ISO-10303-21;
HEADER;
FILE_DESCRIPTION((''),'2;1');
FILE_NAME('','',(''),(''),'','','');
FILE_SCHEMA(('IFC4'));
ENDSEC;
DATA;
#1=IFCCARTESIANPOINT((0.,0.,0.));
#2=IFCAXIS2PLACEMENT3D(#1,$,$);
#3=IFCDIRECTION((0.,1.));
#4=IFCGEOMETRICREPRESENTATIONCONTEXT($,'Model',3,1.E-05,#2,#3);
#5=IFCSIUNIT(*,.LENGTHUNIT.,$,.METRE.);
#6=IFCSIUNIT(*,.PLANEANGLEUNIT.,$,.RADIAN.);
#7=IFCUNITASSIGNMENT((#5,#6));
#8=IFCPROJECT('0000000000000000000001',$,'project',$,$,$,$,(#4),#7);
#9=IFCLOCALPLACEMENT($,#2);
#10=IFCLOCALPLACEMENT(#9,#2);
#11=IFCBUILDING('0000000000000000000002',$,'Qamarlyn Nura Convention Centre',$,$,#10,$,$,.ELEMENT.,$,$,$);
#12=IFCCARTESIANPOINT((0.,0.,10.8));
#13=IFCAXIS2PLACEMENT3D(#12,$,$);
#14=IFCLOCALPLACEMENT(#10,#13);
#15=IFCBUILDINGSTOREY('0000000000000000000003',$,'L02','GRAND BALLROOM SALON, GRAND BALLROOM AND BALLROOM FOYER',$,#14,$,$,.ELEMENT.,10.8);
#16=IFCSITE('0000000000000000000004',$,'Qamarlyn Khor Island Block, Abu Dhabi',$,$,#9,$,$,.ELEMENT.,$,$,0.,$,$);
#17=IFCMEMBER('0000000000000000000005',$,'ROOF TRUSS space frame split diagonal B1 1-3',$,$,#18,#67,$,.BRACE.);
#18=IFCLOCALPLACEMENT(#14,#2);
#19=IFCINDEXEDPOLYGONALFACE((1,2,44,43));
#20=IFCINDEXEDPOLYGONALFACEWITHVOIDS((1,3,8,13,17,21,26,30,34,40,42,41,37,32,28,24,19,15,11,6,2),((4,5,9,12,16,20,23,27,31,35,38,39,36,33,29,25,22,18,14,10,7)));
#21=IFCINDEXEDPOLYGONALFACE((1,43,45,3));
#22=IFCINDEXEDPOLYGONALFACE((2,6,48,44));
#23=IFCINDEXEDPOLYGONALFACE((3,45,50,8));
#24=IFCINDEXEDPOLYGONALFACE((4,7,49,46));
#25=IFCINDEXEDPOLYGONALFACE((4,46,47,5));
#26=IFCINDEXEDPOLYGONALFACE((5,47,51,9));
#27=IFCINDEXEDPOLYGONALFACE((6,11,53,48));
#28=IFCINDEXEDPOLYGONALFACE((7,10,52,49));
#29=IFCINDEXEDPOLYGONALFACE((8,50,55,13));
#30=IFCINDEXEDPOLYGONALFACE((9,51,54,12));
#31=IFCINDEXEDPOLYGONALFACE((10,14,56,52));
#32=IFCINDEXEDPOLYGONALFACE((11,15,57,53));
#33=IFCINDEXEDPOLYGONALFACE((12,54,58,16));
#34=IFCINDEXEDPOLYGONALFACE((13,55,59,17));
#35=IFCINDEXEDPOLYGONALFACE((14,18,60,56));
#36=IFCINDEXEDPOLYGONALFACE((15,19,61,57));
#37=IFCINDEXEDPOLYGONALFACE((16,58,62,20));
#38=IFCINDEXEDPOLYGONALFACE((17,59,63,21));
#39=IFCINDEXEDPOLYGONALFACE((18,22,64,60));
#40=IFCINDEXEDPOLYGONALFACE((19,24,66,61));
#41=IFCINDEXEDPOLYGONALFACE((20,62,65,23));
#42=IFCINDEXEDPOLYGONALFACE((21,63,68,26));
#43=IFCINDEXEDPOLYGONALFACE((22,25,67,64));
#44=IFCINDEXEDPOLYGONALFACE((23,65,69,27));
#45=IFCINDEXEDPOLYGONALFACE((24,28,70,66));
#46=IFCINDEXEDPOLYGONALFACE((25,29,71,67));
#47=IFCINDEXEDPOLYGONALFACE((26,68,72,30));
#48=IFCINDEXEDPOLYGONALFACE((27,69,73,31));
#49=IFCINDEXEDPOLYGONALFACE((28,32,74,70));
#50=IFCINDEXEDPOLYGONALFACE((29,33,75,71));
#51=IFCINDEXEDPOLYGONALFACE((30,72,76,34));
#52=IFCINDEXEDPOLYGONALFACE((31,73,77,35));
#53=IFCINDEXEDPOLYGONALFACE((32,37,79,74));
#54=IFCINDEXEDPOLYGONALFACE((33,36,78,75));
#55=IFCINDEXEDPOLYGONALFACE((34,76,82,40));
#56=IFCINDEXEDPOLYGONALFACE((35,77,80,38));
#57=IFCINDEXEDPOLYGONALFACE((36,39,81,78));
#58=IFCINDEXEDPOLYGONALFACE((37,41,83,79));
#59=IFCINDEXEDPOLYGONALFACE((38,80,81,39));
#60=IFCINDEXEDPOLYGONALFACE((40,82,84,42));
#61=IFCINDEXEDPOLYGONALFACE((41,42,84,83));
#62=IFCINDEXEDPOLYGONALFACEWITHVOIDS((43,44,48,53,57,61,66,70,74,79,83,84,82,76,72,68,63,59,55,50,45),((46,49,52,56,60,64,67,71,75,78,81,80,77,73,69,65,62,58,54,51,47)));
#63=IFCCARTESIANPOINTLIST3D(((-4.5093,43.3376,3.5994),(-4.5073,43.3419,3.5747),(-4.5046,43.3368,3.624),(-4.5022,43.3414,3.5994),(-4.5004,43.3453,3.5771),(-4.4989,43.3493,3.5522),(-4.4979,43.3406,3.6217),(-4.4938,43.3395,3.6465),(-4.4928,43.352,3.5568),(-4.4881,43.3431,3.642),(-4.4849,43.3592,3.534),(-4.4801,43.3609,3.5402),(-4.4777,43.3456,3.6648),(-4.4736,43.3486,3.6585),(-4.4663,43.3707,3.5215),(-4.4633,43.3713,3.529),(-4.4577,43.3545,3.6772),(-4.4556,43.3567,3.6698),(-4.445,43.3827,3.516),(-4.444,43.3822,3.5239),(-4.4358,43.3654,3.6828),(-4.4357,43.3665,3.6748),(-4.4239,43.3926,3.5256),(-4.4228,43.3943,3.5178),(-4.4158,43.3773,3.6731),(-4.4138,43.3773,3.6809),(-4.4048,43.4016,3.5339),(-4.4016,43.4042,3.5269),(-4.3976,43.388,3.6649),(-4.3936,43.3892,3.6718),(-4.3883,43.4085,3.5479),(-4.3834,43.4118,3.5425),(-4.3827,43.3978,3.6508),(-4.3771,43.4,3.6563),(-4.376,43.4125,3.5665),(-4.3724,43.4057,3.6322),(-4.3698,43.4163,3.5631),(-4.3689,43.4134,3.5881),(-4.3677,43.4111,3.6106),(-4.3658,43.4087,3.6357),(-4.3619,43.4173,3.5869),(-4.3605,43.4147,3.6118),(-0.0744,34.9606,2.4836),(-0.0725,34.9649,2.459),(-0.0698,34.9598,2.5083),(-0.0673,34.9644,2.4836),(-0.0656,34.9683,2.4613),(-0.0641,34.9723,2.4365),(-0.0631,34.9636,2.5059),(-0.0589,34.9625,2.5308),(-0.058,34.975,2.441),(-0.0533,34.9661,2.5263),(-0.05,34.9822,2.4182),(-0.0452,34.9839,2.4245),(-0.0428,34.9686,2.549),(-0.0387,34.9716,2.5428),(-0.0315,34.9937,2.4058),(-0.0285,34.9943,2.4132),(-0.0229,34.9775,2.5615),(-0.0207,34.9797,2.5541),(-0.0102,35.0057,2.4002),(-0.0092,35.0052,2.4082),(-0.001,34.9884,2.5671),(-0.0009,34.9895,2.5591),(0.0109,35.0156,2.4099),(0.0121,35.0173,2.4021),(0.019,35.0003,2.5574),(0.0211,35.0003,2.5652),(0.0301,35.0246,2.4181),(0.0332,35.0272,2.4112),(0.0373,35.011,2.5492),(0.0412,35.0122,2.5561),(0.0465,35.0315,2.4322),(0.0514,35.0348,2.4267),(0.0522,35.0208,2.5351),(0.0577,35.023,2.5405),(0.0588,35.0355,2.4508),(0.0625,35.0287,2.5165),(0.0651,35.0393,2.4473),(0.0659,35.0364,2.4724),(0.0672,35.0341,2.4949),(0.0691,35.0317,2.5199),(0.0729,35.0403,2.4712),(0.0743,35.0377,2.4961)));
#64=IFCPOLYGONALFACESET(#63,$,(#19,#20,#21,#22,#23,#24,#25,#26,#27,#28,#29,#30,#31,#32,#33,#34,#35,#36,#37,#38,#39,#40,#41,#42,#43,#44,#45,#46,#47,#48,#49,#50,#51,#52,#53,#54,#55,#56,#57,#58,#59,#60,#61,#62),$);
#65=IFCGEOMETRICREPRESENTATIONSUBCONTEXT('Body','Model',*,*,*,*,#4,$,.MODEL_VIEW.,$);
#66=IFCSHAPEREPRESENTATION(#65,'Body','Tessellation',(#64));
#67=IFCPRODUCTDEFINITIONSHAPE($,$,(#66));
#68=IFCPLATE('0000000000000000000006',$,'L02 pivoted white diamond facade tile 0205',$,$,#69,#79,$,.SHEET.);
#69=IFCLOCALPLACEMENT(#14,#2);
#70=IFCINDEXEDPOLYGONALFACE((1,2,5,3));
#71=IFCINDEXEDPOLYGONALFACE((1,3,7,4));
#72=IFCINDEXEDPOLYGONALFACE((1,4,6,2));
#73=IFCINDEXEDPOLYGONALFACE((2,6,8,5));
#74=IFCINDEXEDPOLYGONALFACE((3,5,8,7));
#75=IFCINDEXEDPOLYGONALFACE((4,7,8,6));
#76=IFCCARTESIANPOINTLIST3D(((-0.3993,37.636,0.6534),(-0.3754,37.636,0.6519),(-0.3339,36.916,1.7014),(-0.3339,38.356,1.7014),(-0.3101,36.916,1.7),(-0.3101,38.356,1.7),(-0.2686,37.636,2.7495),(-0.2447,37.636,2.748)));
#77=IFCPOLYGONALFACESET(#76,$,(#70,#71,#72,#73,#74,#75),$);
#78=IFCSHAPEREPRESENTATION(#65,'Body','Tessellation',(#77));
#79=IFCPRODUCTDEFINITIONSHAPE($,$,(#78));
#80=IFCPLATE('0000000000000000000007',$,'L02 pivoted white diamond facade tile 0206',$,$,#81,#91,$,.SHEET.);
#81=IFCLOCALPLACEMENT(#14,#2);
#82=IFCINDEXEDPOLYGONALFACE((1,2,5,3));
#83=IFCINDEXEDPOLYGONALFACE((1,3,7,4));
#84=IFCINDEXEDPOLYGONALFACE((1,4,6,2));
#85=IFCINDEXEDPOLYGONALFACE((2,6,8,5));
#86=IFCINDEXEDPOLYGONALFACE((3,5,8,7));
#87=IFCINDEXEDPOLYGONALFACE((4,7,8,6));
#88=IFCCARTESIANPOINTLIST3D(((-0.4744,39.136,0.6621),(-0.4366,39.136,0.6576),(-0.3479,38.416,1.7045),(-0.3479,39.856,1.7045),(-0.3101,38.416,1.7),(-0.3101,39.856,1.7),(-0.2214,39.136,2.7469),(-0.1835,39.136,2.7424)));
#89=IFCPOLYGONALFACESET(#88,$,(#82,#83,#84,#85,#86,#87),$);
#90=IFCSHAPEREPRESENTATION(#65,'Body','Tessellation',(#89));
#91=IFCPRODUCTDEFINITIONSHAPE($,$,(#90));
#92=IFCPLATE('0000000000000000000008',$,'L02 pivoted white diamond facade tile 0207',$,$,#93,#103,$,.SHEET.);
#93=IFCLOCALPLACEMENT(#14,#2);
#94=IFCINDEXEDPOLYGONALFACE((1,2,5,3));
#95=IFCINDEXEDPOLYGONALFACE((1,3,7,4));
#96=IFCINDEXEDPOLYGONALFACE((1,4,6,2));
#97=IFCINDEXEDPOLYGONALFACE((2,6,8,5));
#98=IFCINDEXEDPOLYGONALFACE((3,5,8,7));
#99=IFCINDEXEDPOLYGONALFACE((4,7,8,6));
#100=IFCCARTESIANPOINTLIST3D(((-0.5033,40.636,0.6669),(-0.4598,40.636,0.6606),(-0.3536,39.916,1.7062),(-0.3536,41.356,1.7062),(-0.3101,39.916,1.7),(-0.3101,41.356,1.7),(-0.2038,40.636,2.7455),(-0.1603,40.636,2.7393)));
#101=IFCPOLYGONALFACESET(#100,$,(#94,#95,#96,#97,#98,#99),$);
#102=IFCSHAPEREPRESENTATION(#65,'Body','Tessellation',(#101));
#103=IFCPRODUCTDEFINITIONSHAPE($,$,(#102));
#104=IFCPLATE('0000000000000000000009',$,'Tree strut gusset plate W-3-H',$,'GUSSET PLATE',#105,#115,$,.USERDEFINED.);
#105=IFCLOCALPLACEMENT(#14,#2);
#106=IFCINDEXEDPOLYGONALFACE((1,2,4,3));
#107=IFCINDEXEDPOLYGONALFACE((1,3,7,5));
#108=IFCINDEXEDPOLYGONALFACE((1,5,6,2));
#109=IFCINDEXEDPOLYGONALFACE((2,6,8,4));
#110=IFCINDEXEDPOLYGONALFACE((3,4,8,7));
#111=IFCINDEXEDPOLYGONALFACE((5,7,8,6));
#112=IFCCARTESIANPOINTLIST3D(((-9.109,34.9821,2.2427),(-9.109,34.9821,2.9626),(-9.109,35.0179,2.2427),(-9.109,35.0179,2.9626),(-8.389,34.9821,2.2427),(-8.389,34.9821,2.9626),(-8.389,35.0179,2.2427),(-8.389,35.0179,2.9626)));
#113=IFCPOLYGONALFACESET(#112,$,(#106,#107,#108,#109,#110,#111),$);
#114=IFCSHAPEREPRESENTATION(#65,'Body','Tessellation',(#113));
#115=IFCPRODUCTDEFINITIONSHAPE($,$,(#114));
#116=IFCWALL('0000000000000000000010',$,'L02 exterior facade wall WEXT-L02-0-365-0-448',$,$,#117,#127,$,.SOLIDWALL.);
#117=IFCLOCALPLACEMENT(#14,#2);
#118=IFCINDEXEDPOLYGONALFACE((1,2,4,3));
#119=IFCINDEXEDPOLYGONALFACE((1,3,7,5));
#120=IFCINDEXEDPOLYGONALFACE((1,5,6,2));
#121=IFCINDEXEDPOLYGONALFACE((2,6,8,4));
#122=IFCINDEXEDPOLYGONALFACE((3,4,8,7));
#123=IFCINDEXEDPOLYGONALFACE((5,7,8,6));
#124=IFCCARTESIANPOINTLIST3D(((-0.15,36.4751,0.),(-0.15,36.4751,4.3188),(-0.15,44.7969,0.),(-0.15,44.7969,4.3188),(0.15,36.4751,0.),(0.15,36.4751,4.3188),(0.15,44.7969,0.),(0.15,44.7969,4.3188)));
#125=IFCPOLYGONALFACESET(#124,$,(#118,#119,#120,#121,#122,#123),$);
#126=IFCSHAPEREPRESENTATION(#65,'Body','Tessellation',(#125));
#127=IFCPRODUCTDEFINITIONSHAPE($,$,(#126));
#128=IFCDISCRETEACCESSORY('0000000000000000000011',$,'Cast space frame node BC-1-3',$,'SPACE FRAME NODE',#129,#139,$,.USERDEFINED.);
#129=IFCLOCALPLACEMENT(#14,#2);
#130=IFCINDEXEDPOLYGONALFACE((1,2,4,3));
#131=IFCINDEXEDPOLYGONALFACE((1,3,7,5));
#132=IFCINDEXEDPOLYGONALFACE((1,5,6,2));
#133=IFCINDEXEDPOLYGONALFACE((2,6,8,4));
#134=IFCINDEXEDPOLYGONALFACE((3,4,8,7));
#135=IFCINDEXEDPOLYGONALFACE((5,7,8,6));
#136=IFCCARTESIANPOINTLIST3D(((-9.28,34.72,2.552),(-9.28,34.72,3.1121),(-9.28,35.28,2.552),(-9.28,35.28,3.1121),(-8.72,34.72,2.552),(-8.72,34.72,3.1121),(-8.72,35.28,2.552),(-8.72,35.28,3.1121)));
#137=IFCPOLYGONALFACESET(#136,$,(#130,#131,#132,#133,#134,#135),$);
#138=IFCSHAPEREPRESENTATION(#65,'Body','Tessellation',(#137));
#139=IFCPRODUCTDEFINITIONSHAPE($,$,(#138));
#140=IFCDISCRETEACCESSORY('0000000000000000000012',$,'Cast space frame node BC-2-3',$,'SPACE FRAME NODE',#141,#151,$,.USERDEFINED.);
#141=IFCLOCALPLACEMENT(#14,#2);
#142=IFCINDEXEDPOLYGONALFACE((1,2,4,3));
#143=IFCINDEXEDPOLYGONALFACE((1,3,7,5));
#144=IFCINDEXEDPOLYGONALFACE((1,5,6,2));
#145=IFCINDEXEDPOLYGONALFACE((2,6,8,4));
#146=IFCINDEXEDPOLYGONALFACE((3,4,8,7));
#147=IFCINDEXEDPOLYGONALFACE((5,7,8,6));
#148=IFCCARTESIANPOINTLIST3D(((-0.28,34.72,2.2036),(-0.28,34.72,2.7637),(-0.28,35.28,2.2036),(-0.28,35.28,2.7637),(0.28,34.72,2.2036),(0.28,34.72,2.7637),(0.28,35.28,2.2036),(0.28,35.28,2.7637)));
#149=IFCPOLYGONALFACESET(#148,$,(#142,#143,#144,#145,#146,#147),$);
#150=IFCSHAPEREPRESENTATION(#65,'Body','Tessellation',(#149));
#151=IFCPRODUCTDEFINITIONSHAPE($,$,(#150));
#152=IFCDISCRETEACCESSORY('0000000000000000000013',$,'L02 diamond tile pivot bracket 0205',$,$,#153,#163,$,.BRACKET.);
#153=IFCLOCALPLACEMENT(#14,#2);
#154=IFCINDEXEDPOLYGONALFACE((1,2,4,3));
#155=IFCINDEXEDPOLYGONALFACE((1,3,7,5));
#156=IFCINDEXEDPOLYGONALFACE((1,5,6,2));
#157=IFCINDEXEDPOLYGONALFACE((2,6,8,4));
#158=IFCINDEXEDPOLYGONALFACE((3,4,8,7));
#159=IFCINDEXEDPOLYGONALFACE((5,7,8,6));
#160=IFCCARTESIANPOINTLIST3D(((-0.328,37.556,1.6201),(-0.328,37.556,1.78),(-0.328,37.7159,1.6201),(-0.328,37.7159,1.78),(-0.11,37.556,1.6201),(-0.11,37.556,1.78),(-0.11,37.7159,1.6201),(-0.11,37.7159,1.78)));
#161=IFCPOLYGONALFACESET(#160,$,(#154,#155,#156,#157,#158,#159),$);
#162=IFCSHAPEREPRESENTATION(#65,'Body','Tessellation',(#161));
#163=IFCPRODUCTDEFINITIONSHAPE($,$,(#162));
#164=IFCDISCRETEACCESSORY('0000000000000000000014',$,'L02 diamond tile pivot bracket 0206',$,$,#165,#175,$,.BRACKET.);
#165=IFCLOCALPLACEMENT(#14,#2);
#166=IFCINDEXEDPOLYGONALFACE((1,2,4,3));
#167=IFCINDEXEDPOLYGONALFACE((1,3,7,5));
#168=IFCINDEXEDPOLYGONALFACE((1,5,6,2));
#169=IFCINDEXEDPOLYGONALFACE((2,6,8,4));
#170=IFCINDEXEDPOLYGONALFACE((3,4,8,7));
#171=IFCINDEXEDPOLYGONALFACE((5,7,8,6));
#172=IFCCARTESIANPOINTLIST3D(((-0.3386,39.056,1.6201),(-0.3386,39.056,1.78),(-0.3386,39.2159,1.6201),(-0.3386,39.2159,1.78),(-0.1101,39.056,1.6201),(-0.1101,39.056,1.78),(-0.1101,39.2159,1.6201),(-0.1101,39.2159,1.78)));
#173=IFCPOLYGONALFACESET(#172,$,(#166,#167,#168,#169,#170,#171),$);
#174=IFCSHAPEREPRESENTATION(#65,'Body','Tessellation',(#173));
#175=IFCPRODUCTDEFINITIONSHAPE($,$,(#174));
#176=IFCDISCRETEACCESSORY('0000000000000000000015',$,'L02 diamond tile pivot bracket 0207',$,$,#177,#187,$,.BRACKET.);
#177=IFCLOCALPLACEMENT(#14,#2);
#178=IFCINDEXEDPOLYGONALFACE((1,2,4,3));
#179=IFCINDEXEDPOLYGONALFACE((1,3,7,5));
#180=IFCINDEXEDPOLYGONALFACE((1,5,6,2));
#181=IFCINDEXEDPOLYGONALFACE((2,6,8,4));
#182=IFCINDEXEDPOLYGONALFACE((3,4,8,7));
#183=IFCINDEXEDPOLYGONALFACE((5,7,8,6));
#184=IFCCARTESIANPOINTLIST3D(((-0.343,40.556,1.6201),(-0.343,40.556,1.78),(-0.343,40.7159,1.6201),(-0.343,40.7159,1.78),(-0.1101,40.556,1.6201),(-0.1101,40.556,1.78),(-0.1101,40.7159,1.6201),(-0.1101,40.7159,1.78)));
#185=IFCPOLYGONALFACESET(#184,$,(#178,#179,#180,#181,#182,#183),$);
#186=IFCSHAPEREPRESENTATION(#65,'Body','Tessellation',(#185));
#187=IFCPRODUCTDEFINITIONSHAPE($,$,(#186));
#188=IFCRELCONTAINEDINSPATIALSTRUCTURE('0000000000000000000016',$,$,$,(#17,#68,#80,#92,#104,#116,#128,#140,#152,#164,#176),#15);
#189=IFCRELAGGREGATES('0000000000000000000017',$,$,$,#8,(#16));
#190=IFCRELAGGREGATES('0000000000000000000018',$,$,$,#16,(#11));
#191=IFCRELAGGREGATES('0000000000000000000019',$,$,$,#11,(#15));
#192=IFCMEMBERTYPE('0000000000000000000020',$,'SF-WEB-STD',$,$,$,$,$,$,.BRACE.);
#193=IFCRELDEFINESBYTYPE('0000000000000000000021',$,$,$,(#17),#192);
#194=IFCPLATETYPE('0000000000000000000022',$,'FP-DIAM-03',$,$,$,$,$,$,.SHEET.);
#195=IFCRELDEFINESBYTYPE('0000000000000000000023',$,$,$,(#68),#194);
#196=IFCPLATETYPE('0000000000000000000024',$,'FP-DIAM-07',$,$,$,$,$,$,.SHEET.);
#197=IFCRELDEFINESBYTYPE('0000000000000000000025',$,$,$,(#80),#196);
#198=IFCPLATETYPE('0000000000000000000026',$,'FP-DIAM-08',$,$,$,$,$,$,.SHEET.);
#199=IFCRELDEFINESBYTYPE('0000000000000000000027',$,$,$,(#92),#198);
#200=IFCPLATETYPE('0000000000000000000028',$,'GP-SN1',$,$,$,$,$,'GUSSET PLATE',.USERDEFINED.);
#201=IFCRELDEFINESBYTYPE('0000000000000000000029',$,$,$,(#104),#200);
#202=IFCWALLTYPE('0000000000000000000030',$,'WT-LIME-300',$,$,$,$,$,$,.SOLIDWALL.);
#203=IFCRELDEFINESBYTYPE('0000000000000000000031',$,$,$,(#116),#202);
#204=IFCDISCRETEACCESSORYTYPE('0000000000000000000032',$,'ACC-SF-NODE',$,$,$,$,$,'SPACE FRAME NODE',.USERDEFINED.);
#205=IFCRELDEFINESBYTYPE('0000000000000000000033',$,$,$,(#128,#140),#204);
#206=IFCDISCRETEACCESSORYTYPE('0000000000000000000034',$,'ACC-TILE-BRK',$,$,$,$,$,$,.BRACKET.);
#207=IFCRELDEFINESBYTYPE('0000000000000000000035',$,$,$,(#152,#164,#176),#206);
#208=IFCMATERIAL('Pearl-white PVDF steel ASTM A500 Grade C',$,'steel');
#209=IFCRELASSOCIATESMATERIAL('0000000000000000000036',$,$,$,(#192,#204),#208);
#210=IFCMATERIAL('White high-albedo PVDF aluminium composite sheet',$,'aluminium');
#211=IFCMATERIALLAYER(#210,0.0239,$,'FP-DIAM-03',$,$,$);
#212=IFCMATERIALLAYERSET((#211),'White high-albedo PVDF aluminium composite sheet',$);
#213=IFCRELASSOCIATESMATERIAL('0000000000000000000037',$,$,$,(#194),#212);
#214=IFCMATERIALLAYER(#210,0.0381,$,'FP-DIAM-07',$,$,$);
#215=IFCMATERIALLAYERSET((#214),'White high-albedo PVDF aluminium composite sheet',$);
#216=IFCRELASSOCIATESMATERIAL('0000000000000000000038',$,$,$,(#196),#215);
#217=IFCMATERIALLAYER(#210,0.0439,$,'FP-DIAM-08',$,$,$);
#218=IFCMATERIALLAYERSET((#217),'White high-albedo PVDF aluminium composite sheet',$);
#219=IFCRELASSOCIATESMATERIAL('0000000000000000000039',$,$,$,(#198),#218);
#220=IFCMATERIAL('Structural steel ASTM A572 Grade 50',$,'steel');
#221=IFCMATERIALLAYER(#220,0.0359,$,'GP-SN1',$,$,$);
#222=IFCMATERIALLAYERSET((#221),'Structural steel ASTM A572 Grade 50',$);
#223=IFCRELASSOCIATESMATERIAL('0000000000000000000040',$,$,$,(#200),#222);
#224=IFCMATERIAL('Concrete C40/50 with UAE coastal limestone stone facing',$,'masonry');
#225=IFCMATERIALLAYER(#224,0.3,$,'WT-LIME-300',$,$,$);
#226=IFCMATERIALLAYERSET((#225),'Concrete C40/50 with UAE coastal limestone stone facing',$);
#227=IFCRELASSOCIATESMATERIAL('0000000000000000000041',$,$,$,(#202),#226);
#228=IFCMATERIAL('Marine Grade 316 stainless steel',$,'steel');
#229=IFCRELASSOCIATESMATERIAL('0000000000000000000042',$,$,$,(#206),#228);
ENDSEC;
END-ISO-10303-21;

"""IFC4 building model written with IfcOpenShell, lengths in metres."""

from ifc_helpers import new_model, si_unit, direction, frame, frame_2d, origin, origin_2d, place, context, subcontext, project, spatial, polyline, rectangle, hollow_circle, outline, extrude, material, layer, layer_set, material_profile, profile_set, type_object, element, save


model = new_model("IFC4")

# Units and contexts
model_context = context("Model", 3, precision=1e-05, world=origin(), true_north=direction((0.0, 1.0)))
body_context = subcontext(model_context, "Body", "Model", "MODEL_VIEW")
ifc_project = project(units=[si_unit("LENGTHUNIT", "METRE"), si_unit("PLANEANGLEUNIT", "RADIAN")], contexts=[model_context])

# Site, building, storey
site_placement = place(None, origin())
site = spatial("IfcSite", under=ifc_project, at=site_placement, Name="Qamarlyn Khor Island Block, Abu Dhabi", CompositionType="ELEMENT", RefElevation=0.0)
building_placement = place(site_placement, origin())
building = spatial("IfcBuilding", under=site, at=building_placement, Name="Qamarlyn Nura Convention Centre", CompositionType="ELEMENT")
storey_placement = place(building_placement, frame((0.0, 0.0, 10.8)))
storey = spatial("IfcBuildingStorey", under=building, at=storey_placement, Name="L02", Description="GRAND BALLROOM SALON, GRAND BALLROOM AND BALLROOM FOYER", CompositionType="ELEMENT", Elevation=10.8)

# Member
ifc_material_1 = material(Name="Pearl-white PVDF steel ASTM A500 Grade C", Category="steel")
ifc_material_profile_1 = material_profile(ifc_material_1, hollow_circle(Radius=0.0842, WallThickness=0.0081, at=origin_2d()), Name="CHS168.3X8")
ifc_profile_set_1 = profile_set([ifc_material_profile_1], Name="Pearl-white PVDF steel ASTM A500 Grade C")
member_type_1 = type_object("IfcMemberType", Name="SF-WEB-STD", PredefinedType="BRACE", material=ifc_profile_set_1)
member_1_placement = place(storey_placement, frame((0.0, 35.0, 2.4836), z_axis=(-0.464676, 0.87773, 0.116904), x_axis=(-0.88379, -0.467884, 0.0)))
element("IfcMember", 1, at=member_1_placement, inside=storey, type_object=member_type_1, Name="ROOF TRUSS space frame split diagonal B1 1-3", PredefinedType="BRACE", context=body_context, shape_type="SweptSolid", body=[
    extrude(hollow_circle(Radius=0.0842, WallThickness=0.0081, at=origin_2d()), origin(), (0.0, 0.0, 1.0), 9.5439),
])

# Plates
ifc_material_2 = material(Name="White high-albedo PVDF aluminium composite sheet", Category="aluminium")
ifc_layer_1 = layer(ifc_material_2, 0.0239, Name="FP-DIAM-03")
ifc_layer_set_1 = layer_set([ifc_layer_1], Name="White high-albedo PVDF aluminium composite sheet")
plate_type_1 = type_object("IfcPlateType", Name="FP-DIAM-03", PredefinedType="SHEET", material=ifc_layer_set_1)
plate_1_placement = place(storey_placement, frame((-0.3101, 37.636, 1.7), z_axis=(-0.998059, 0.0, 0.062268), x_axis=(0.0, -1.0, 0.0)))
element("IfcPlate", 2, at=plate_1_placement, inside=storey, type_object=plate_type_1, Name="L02 pivoted white diamond facade tile 0205", PredefinedType="SHEET", context=body_context, shape_type="SweptSolid", body=[
    extrude(outline(polyline([(-0.72, 0.0), (0.0, -1.05), (0.72, 0.0), (0.0, 1.05), (-0.72, 0.0)])), origin(), (0.0, 0.0, 1.0), 0.0239),
])
ifc_layer_2 = layer(ifc_material_2, 0.0381, Name="FP-DIAM-07")
ifc_layer_set_2 = layer_set([ifc_layer_2], Name="White high-albedo PVDF aluminium composite sheet")
plate_type_2 = type_object("IfcPlateType", Name="FP-DIAM-07", PredefinedType="SHEET", material=ifc_layer_set_2)
plate_2_placement = place(storey_placement, frame((-0.3101, 39.136, 1.7), z_axis=(-0.992715, 0.0, 0.120483), x_axis=(0.0, -1.0, 0.0)))
element("IfcPlate", 3, at=plate_2_placement, inside=storey, type_object=plate_type_2, Name="L02 pivoted white diamond facade tile 0206", PredefinedType="SHEET", context=body_context, shape_type="SweptSolid", body=[
    extrude(outline(polyline([(-0.72, 0.0), (0.0, -1.05), (0.72, 0.0), (0.0, 1.05), (-0.72, 0.0)])), origin(), (0.0, 0.0, 1.0), 0.0381),
])
ifc_layer_3 = layer(ifc_material_2, 0.0439, Name="FP-DIAM-08")
ifc_layer_set_3 = layer_set([ifc_layer_3], Name="White high-albedo PVDF aluminium composite sheet")
plate_type_3 = type_object("IfcPlateType", Name="FP-DIAM-08", PredefinedType="SHEET", material=ifc_layer_set_3)
plate_3_placement = place(storey_placement, frame((-0.3101, 40.636, 1.7), z_axis=(-0.989776, 0.0, 0.142629), x_axis=(0.0, -1.0, 0.0)))
element("IfcPlate", 4, at=plate_3_placement, inside=storey, type_object=plate_type_3, Name="L02 pivoted white diamond facade tile 0207", PredefinedType="SHEET", context=body_context, shape_type="SweptSolid", body=[
    extrude(outline(polyline([(-0.72, 0.0), (0.0, -1.05), (0.72, 0.0), (0.0, 1.05), (-0.72, 0.0)])), origin(), (0.0, 0.0, 1.0), 0.0439),
])
ifc_material_3 = material(Name="Structural steel ASTM A572 Grade 50", Category="steel")
ifc_layer_4 = layer(ifc_material_3, 0.0359, Name="GP-SN1")
ifc_layer_set_4 = layer_set([ifc_layer_4], Name="Structural steel ASTM A572 Grade 50")
plate_type_4 = type_object("IfcPlateType", Name="GP-SN1", ElementType="GUSSET PLATE", PredefinedType="USERDEFINED", material=ifc_layer_set_4)
plate_4_placement = place(storey_placement, frame((-8.749, 35.0, 2.2427), z_axis=(0.0, 0.0, 1.0), x_axis=(1.0, 0.0, 0.0)))
element("IfcPlate", 5, at=plate_4_placement, inside=storey, type_object=plate_type_4, Name="Tree strut gusset plate W-3-H", ObjectType="GUSSET PLATE", PredefinedType="USERDEFINED", context=body_context, shape_type="SweptSolid", body=[
    extrude(rectangle(XDim=0.72, YDim=0.0359, at=origin_2d()), origin(), (0.0, 0.0, 1.0), 0.72),
])

# Wall
ifc_material_4 = material(Name="Concrete C40/50 with UAE coastal limestone stone facing", Category="masonry")
ifc_layer_5 = layer(ifc_material_4, 0.3, Name="WT-LIME-300")
ifc_layer_set_5 = layer_set([ifc_layer_5], Name="Concrete C40/50 with UAE coastal limestone stone facing")
wall_type = type_object("IfcWallType", Name="WT-LIME-300", PredefinedType="SOLIDWALL", material=ifc_layer_set_5)
wall_placement = place(storey_placement, frame((0.0, 36.4751, 0.0), z_axis=(0.0, 0.0, 1.0), x_axis=(0.0, 1.0, 0.0)))
element("IfcWall", 6, at=wall_placement, inside=storey, type_object=wall_type, Name="L02 exterior facade wall WEXT-L02-0-365-0-448", PredefinedType="SOLIDWALL", context=body_context, shape_type="SweptSolid", body=[
    extrude(rectangle(XDim=8.3218, YDim=0.3, at=frame_2d((4.1609, 0.0))), origin(), (0.0, 0.0, 1.0), 4.3188),
])

# Discrete accessories
discrete_accessory_type_1 = type_object("IfcDiscreteAccessoryType", Name="ACC-SF-NODE", ElementType="SPACE FRAME NODE", PredefinedType="USERDEFINED", material=ifc_material_1)
for number, where, z_axis, x_axis, name in (
    (7, (-9.0, 35.0, 2.552), (0.0, 0.0, 1.0), (1.0, 0.0, 0.0), "Cast space frame node BC-1-3"),
    (8, (0.0, 35.0, 2.2036), (0.0, 0.0, 1.0), (1.0, 0.0, 0.0), "Cast space frame node BC-2-3"),
):
    element("IfcDiscreteAccessory", number, at=place(storey_placement, frame(where, z_axis=z_axis, x_axis=x_axis)), inside=storey, type_object=discrete_accessory_type_1, Name=name, ObjectType="SPACE FRAME NODE", PredefinedType="USERDEFINED", context=body_context, shape_type="SweptSolid", body=[
        extrude(rectangle(XDim=0.5601, YDim=0.5601, at=origin_2d()), origin(), (0.0, 0.0, 1.0), 0.5601),
    ])
ifc_material_5 = material(Name="Marine Grade 316 stainless steel", Category="steel")
discrete_accessory_type_2 = type_object("IfcDiscreteAccessoryType", Name="ACC-TILE-BRK", PredefinedType="BRACKET", material=ifc_material_5)
discrete_accessory_1_placement = place(storey_placement, frame((-0.219, 37.636, 1.6201), z_axis=(0.0, 0.0, 1.0), x_axis=(-1.0, 0.0, 0.0)))
element("IfcDiscreteAccessory", 9, at=discrete_accessory_1_placement, inside=storey, type_object=discrete_accessory_type_2, Name="L02 diamond tile pivot bracket 0205", PredefinedType="BRACKET", context=body_context, shape_type="SweptSolid", body=[
    extrude(rectangle(XDim=0.218, YDim=0.1599, at=origin_2d()), origin(), (0.0, 0.0, 1.0), 0.1599),
])
discrete_accessory_2_placement = place(storey_placement, frame((-0.2244, 39.136, 1.6201), z_axis=(0.0, 0.0, 1.0), x_axis=(-1.0, 0.0, 0.0)))
element("IfcDiscreteAccessory", 10, at=discrete_accessory_2_placement, inside=storey, type_object=discrete_accessory_type_2, Name="L02 diamond tile pivot bracket 0206", PredefinedType="BRACKET", context=body_context, shape_type="SweptSolid", body=[
    extrude(rectangle(XDim=0.2285, YDim=0.1599, at=origin_2d()), origin(), (0.0, 0.0, 1.0), 0.1599),
])
discrete_accessory_3_placement = place(storey_placement, frame((-0.2266, 40.636, 1.6201), z_axis=(0.0, 0.0, 1.0), x_axis=(-1.0, 0.0, 0.0)))
element("IfcDiscreteAccessory", 11, at=discrete_accessory_3_placement, inside=storey, type_object=discrete_accessory_type_2, Name="L02 diamond tile pivot bracket 0207", PredefinedType="BRACKET", context=body_context, shape_type="SweptSolid", body=[
    extrude(rectangle(XDim=0.2329, YDim=0.1599, at=origin_2d()), origin(), (0.0, 0.0, 1.0), 0.1599),
])

save(model, "model.ifc")
